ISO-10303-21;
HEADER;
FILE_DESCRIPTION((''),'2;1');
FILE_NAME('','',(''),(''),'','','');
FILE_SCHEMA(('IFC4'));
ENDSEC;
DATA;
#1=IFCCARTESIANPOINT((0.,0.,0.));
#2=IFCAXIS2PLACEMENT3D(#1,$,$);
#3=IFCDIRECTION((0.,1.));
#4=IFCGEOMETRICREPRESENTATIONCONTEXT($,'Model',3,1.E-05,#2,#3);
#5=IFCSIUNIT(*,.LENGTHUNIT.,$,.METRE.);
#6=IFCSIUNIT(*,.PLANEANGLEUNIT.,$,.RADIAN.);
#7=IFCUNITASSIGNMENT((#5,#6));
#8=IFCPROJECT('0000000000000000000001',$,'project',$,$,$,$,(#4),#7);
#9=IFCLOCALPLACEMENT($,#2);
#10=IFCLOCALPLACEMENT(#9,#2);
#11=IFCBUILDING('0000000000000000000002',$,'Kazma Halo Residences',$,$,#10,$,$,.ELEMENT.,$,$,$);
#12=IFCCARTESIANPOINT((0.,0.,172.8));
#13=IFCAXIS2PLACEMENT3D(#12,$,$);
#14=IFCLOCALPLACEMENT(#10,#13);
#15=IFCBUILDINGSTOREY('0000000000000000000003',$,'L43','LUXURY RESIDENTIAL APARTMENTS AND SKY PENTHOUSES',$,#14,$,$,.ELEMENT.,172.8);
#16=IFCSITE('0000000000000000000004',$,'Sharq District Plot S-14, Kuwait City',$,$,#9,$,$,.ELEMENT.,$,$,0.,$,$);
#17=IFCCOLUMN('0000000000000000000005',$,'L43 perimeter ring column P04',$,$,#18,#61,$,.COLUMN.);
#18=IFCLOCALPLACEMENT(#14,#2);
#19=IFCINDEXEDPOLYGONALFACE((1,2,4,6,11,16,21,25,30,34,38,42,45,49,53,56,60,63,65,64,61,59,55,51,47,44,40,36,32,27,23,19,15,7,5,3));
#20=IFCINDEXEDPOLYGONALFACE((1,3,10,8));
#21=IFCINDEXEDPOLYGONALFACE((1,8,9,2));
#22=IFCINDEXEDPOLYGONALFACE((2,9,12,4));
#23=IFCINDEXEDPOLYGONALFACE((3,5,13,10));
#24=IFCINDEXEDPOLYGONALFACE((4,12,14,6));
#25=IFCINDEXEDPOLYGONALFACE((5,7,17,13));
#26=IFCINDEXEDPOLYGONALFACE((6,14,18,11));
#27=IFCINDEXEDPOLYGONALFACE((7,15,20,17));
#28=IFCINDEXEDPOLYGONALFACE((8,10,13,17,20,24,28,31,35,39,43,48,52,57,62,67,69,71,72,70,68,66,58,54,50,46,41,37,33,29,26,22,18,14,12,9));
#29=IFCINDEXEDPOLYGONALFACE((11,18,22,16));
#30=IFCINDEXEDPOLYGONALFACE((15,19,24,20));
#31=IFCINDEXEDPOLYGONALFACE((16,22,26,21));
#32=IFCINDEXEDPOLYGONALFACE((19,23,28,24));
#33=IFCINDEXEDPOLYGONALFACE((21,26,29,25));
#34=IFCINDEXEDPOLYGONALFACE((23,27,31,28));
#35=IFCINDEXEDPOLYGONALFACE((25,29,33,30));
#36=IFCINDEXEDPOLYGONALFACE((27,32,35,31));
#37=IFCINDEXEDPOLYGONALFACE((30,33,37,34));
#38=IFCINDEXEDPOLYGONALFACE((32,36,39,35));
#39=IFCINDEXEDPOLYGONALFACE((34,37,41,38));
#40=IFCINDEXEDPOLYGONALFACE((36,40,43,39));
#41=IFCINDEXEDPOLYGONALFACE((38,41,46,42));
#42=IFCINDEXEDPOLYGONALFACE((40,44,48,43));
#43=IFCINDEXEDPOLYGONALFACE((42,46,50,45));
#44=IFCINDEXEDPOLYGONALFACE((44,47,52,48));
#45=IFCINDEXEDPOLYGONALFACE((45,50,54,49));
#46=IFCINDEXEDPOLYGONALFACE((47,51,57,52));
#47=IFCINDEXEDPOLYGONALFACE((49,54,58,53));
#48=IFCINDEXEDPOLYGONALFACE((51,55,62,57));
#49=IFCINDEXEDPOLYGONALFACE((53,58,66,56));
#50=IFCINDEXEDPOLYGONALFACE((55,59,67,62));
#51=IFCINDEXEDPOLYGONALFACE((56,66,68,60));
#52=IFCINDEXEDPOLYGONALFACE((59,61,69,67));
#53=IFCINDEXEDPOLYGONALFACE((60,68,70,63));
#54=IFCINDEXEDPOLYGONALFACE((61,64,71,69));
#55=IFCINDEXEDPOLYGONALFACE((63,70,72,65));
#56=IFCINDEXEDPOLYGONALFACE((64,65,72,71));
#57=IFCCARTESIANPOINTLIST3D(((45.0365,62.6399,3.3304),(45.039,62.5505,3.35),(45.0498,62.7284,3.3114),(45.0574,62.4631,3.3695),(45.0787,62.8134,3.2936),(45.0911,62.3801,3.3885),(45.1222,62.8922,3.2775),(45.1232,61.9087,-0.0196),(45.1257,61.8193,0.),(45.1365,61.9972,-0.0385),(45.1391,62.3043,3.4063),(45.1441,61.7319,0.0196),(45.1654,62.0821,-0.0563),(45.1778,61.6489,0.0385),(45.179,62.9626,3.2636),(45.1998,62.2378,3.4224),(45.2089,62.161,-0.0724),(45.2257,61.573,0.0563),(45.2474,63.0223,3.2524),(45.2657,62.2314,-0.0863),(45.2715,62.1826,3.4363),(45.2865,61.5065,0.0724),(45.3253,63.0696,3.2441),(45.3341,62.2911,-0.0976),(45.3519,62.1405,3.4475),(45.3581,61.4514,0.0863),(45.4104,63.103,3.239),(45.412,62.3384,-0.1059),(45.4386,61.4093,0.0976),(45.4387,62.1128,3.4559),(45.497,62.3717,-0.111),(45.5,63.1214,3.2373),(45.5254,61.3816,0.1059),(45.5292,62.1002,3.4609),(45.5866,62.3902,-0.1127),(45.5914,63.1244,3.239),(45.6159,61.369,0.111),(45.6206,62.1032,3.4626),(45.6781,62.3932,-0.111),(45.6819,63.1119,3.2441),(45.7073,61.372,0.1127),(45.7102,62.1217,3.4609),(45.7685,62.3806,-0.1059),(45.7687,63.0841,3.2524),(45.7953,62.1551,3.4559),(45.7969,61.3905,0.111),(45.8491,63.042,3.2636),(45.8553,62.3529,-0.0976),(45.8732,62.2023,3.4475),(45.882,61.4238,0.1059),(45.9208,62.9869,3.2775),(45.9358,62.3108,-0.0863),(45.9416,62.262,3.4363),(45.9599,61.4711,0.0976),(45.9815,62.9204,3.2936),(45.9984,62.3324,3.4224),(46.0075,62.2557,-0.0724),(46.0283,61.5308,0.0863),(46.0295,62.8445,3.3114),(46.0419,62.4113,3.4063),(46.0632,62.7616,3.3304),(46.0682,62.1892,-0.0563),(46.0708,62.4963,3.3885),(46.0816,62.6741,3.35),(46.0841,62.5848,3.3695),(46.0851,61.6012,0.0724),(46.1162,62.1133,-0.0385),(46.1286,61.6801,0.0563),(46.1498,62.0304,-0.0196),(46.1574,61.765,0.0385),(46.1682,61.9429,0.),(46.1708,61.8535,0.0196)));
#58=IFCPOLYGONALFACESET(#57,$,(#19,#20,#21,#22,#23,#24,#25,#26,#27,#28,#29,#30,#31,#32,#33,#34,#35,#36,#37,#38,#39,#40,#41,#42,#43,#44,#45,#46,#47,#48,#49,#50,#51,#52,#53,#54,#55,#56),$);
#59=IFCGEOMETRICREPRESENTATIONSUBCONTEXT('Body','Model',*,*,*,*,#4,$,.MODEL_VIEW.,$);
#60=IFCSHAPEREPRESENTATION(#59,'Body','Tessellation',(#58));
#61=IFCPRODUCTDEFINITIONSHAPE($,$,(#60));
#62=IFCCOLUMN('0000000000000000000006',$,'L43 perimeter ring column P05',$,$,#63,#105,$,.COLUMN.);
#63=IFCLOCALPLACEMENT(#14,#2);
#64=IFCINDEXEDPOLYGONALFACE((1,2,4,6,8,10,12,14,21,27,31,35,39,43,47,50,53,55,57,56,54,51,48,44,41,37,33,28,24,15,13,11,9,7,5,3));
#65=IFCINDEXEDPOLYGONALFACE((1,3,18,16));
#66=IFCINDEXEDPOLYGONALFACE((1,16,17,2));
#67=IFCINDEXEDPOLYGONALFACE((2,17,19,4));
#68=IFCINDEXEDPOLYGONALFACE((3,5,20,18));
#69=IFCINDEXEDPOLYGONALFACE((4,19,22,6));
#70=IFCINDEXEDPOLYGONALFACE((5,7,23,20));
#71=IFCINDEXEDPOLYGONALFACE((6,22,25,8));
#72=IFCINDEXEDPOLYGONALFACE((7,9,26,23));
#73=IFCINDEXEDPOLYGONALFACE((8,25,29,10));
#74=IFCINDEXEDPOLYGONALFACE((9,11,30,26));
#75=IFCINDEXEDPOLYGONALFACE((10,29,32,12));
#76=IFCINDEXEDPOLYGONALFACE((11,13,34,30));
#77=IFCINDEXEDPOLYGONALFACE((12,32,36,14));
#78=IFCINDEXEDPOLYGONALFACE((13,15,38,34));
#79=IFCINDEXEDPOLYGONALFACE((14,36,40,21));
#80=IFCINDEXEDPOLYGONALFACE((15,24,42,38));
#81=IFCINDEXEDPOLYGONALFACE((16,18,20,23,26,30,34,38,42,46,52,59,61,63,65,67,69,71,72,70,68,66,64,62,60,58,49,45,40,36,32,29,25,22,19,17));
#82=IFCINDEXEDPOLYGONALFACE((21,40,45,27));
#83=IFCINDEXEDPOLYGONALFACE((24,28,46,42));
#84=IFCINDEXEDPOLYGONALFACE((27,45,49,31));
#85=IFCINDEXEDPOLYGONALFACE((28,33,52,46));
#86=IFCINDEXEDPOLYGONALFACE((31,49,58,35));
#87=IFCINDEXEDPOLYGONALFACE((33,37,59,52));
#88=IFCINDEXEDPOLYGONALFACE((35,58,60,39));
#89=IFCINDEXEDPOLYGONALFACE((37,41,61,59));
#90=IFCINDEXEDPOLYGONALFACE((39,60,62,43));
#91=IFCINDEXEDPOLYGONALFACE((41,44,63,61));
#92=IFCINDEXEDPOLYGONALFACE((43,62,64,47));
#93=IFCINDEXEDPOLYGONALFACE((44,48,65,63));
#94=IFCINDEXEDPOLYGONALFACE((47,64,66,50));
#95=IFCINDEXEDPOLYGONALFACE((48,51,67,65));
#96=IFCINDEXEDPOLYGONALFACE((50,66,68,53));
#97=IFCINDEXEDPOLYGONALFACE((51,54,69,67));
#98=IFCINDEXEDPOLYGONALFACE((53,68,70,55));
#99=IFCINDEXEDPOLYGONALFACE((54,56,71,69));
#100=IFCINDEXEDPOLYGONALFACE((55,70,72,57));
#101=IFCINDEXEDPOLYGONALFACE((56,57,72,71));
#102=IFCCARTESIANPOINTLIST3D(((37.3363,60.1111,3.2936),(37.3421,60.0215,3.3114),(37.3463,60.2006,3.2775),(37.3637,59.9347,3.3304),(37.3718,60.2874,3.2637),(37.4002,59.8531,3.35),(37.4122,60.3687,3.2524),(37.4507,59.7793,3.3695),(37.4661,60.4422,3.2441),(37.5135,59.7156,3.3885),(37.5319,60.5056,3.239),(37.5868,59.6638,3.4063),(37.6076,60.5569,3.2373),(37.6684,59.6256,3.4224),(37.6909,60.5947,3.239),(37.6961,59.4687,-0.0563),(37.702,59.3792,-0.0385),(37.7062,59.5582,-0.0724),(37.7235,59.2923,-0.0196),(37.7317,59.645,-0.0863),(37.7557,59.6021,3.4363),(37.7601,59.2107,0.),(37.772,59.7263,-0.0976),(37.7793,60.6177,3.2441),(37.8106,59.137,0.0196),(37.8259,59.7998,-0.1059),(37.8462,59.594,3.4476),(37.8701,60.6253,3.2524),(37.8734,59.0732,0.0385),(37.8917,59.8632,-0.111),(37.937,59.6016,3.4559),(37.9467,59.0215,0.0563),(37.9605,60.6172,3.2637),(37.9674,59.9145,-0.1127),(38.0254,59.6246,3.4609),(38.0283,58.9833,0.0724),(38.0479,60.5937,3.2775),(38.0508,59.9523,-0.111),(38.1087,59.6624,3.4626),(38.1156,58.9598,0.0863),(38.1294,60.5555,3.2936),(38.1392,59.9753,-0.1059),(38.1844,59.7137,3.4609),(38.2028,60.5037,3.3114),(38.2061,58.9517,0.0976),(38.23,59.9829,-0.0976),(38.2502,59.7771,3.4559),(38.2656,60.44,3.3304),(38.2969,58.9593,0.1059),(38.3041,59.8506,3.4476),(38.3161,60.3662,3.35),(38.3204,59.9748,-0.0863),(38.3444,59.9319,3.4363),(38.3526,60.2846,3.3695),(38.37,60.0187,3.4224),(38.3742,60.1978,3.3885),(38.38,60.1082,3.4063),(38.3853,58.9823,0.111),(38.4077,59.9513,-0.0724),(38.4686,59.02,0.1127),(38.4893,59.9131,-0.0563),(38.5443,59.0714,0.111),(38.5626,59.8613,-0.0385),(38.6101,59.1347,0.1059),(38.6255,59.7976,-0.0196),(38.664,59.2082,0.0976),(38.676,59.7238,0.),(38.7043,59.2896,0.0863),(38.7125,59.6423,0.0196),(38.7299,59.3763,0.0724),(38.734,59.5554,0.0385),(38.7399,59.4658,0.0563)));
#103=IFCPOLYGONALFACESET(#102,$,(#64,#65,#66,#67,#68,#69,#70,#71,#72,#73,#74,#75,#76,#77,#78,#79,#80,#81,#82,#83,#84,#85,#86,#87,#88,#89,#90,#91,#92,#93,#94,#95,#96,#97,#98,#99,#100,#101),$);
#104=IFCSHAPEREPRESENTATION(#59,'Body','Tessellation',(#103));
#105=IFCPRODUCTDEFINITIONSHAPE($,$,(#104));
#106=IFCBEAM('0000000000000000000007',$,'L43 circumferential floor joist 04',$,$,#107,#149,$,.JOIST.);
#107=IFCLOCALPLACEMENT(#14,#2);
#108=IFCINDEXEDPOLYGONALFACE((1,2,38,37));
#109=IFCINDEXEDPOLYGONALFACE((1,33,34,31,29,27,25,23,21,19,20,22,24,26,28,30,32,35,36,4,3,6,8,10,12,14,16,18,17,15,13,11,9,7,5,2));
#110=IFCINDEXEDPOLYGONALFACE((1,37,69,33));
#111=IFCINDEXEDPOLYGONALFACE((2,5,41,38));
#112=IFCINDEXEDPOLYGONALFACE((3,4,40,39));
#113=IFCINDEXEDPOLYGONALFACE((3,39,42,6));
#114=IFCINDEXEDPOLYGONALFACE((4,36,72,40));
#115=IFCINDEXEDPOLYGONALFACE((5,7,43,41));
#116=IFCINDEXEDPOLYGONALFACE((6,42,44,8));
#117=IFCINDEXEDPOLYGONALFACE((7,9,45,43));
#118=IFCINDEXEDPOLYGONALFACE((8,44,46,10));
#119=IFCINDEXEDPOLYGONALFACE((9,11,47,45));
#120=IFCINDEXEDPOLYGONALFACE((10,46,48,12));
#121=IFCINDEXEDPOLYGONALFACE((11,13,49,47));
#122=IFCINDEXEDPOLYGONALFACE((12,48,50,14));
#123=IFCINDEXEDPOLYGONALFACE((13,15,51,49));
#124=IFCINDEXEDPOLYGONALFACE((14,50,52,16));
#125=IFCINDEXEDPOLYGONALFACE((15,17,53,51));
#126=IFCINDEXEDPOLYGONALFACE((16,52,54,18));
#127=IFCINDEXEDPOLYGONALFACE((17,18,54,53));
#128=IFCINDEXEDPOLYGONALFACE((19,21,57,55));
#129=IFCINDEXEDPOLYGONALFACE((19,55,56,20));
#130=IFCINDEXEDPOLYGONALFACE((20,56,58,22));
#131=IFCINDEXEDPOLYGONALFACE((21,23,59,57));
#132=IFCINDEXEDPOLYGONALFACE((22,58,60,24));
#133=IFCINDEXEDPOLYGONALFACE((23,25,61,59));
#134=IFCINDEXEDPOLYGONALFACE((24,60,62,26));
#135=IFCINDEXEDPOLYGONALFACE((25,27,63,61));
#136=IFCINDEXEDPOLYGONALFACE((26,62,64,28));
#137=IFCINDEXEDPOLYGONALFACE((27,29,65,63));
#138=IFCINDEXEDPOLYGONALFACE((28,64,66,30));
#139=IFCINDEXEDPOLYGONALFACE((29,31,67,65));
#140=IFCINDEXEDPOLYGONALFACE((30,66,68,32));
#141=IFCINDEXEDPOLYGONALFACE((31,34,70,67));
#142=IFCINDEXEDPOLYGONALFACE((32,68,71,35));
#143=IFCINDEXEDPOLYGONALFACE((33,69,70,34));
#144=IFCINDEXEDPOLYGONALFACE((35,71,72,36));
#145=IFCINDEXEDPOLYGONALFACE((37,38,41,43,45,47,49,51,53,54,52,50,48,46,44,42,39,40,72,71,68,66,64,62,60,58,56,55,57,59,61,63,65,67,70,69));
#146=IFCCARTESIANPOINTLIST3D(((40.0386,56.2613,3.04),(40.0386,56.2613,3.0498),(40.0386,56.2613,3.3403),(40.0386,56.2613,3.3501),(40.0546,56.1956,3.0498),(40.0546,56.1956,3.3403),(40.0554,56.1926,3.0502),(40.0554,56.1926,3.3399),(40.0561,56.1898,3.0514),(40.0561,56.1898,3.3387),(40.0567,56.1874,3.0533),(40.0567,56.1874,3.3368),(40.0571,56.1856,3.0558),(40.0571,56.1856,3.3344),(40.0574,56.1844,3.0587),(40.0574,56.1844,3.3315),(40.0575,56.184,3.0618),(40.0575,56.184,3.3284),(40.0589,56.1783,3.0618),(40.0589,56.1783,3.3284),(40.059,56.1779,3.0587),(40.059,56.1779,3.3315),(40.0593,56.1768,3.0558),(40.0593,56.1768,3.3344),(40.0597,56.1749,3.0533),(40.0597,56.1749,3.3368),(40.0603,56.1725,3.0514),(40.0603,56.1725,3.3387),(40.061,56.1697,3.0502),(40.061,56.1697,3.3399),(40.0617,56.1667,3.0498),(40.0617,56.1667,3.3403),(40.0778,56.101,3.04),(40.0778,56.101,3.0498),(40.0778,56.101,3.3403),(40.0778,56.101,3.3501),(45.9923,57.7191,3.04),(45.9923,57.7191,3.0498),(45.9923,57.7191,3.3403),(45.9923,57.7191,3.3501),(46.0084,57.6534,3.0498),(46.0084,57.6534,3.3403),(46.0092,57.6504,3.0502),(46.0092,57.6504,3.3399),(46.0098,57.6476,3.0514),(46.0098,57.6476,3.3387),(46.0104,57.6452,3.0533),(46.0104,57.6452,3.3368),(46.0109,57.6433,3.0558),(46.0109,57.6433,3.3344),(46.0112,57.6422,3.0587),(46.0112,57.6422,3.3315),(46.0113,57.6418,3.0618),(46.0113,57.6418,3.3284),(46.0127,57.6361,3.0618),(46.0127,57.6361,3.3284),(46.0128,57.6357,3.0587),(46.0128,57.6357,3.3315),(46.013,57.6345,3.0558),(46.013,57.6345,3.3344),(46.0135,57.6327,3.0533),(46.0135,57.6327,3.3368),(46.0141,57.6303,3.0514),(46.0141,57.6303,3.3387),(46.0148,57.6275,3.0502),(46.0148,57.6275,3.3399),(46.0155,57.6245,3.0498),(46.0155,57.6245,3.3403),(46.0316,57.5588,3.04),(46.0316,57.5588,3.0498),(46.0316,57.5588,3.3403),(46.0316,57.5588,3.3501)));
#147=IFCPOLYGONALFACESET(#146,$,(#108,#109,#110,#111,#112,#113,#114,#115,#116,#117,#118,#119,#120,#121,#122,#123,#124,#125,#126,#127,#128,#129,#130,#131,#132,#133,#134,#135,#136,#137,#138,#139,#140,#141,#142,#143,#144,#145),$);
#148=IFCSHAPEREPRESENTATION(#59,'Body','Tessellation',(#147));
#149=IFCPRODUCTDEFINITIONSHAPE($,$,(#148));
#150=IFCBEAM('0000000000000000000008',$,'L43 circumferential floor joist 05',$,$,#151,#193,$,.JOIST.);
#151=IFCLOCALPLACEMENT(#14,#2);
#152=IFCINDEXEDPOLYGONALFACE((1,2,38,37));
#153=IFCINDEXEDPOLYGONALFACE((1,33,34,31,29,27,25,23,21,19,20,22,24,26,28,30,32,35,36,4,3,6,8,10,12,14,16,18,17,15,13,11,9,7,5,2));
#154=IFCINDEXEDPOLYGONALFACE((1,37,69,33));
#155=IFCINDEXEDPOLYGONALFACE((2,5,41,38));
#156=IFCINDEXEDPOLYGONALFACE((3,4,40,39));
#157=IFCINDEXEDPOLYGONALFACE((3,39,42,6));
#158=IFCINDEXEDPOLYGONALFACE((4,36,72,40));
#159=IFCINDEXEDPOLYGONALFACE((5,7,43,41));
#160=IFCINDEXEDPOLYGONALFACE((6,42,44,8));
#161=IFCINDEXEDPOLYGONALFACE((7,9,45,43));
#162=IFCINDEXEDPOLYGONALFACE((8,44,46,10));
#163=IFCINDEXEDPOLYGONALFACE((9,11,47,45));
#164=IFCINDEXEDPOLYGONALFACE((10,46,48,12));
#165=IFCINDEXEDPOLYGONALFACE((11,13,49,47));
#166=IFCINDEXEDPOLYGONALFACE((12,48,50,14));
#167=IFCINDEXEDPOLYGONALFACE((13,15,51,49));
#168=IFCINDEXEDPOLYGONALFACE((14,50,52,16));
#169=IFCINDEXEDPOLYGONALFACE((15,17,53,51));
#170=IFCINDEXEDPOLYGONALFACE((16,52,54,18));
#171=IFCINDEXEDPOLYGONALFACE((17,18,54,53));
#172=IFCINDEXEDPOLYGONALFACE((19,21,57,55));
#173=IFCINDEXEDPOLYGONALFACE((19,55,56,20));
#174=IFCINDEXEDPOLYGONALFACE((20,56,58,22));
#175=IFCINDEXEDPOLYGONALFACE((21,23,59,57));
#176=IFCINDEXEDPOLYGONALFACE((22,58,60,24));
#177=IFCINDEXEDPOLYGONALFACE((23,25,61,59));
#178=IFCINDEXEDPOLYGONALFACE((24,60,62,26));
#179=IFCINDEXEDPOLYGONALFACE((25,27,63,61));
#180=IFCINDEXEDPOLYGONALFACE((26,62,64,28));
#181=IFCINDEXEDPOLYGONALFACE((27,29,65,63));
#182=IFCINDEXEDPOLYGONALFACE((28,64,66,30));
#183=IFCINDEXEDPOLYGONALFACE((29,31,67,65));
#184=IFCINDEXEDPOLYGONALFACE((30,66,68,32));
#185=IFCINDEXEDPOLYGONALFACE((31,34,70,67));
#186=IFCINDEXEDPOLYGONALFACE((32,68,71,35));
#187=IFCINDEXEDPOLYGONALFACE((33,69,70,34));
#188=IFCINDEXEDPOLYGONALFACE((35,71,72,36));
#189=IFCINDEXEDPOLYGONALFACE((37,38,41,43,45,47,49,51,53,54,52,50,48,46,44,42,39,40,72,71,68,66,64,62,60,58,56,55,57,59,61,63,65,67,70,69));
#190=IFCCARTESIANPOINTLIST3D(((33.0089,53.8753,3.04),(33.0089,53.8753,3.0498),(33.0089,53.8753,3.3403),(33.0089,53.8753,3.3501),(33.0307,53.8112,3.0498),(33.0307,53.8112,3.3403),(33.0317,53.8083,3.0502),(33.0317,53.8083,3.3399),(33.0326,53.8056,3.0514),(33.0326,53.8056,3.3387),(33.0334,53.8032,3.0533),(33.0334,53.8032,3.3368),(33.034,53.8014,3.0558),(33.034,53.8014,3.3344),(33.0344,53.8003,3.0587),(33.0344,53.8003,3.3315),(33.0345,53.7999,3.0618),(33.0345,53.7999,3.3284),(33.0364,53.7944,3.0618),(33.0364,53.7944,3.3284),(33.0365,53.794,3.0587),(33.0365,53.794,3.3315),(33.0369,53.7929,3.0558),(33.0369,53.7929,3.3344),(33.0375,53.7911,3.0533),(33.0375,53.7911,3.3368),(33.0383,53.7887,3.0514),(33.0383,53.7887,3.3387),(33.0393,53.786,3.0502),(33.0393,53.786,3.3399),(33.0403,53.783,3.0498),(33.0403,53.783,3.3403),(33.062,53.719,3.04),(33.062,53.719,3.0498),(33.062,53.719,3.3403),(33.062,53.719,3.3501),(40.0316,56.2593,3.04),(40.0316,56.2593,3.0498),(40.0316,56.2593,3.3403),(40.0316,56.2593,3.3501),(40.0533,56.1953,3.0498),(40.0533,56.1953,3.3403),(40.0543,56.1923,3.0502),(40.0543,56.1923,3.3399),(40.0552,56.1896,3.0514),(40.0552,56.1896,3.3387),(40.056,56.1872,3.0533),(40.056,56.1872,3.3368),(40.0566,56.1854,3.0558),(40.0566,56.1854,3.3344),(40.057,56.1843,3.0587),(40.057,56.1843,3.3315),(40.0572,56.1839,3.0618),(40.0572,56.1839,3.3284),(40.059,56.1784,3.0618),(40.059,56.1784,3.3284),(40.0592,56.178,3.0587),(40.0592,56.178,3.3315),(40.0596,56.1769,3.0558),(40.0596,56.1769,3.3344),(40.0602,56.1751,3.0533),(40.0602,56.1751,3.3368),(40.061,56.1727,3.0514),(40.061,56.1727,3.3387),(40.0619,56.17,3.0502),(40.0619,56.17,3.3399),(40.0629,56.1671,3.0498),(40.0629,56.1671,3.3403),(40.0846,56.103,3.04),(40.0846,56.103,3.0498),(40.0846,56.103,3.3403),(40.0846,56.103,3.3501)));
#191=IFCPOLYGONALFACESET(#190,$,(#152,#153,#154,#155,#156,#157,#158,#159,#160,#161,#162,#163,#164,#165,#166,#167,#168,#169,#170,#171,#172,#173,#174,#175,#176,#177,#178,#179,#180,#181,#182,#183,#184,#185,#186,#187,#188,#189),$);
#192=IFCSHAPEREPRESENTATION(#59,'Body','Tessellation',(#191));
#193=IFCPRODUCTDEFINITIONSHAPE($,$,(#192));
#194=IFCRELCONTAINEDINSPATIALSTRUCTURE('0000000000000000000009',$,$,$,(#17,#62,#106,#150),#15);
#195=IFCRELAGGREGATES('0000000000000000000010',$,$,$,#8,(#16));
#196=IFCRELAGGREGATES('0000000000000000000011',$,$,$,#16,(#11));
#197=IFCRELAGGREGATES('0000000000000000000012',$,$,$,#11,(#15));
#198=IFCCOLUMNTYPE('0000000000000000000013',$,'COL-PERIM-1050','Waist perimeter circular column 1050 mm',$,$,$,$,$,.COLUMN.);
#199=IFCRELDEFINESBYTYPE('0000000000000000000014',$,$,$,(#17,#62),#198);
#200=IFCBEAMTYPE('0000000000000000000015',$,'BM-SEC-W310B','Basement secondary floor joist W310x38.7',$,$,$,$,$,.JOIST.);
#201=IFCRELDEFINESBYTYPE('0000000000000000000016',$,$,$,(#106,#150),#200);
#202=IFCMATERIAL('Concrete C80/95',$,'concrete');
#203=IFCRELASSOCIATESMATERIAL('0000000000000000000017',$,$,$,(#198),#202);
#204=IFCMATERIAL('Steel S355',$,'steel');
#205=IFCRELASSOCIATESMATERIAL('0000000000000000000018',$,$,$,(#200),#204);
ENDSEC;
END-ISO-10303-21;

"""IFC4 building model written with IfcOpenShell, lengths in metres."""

from ifc_helpers import new_model, si_unit, direction, frame, origin, origin_2d, place, context, subcontext, project, spatial, circle, i_section, extrude, material, material_profile, profile_set, type_object, element, save


model = new_model("IFC4")

# Units and contexts
model_context = context("Model", 3, precision=1e-05, world=origin(), true_north=direction((0.0, 1.0)))
body_context = subcontext(model_context, "Body", "Model", "MODEL_VIEW")
ifc_project = project(units=[si_unit("LENGTHUNIT", "METRE"), si_unit("PLANEANGLEUNIT", "RADIAN")], contexts=[model_context])

# Site, building, storey
site_placement = place(None, origin())
site = spatial("IfcSite", under=ifc_project, at=site_placement, Name="Sharq District Plot S-14, Kuwait City", CompositionType="ELEMENT", RefElevation=0.0)
building_placement = place(site_placement, origin())
building = spatial("IfcBuilding", under=site, at=building_placement, Name="Kazma Halo Residences", CompositionType="ELEMENT")
storey_placement = place(building_placement, frame((0.0, 0.0, 172.8)))
storey = spatial("IfcBuildingStorey", under=building, at=storey_placement, Name="L43", Description="LUXURY RESIDENTIAL APARTMENTS AND SKY PENTHOUSES", CompositionType="ELEMENT", Elevation=172.8)

# Columns
ifc_material_1 = material(Name="Concrete C80/95", Category="concrete")
ifc_material_profile_1 = material_profile(ifc_material_1, circle(Radius=0.5249, at=origin_2d()), Name="CIRC1050")
ifc_profile_set_1 = profile_set([ifc_material_profile_1], Name="Concrete C80/95")
column_type = type_object("IfcColumnType", Name="COL-PERIM-1050", Description="Waist perimeter circular column 1050 mm", PredefinedType="COLUMN", material=ifc_profile_set_1)
for number, where, z_axis, x_axis, name in (
    (1, (45.647, 61.8811, 0.0), (-0.02527, 0.213189, 0.976684), (-0.993048, -0.117707, 0.0), "L43 perimeter ring column P04"),
    (2, (38.218, 59.4673, 0.0), (-0.104922, 0.18728, 0.976687), (-0.872416, -0.488765, 0.0), "L43 perimeter ring column P05"),
):
    element("IfcColumn", number, at=place(storey_placement, frame(where, z_axis=z_axis, x_axis=x_axis)), inside=storey, type_object=column_type, Name=name, PredefinedType="COLUMN", context=body_context, shape_type="SweptSolid", body=[
        extrude(circle(Radius=0.5249, at=origin_2d()), origin(), (0.0, 0.0, 1.0), 3.4299),
    ])

# Beams
ifc_material_2 = material(Name="Steel S355", Category="steel")
ifc_material_profile_2 = material_profile(ifc_material_2, i_section(OverallWidth=0.165, OverallDepth=0.3101, WebThickness=0.0059, FlangeThickness=0.0098, FilletRadius=0.012, at=origin_2d()), Name="W310x38.7")
ifc_profile_set_2 = profile_set([ifc_material_profile_2], Name="Steel S355")
beam_type_1 = type_object("IfcBeamType", Name="BM-SEC-W310B", Description="Basement secondary floor joist W310x38.7", PredefinedType="JOIST", material=ifc_profile_set_2)
beam_1_placement = place(storey_placement, frame((46.012, 57.6389, 3.1951), z_axis=(-0.97131, -0.237819, 0.0), x_axis=(0.237819, -0.97131, 0.0)))
element("IfcBeam", 3, at=beam_1_placement, inside=storey, type_object=beam_type_1, Name="L43 circumferential floor joist 04", PredefinedType="JOIST", context=body_context, shape_type="SweptSolid", body=[
    extrude(i_section(OverallWidth=0.165, OverallDepth=0.3101, WebThickness=0.0059, FlangeThickness=0.0098, FilletRadius=0.012, at=origin_2d()), origin(), (0.0, 0.0, 1.0), 6.1296),
])
beam_2_placement = place(storey_placement, frame((40.0581, 56.1812, 3.1951), z_axis=(-0.946924, -0.321457, 0.0), x_axis=(0.321457, -0.946924, 0.0)))
element("IfcBeam", 4, at=beam_2_placement, inside=storey, type_object=beam_type_1, Name="L43 circumferential floor joist 05", PredefinedType="JOIST", context=body_context, shape_type="SweptSolid", body=[
    extrude(i_section(OverallWidth=0.165, OverallDepth=0.3101, WebThickness=0.0059, FlangeThickness=0.0098, FilletRadius=0.012, at=origin_2d()), origin(), (0.0, 0.0, 1.0), 7.4163),
])

save(model, "model.ifc")
